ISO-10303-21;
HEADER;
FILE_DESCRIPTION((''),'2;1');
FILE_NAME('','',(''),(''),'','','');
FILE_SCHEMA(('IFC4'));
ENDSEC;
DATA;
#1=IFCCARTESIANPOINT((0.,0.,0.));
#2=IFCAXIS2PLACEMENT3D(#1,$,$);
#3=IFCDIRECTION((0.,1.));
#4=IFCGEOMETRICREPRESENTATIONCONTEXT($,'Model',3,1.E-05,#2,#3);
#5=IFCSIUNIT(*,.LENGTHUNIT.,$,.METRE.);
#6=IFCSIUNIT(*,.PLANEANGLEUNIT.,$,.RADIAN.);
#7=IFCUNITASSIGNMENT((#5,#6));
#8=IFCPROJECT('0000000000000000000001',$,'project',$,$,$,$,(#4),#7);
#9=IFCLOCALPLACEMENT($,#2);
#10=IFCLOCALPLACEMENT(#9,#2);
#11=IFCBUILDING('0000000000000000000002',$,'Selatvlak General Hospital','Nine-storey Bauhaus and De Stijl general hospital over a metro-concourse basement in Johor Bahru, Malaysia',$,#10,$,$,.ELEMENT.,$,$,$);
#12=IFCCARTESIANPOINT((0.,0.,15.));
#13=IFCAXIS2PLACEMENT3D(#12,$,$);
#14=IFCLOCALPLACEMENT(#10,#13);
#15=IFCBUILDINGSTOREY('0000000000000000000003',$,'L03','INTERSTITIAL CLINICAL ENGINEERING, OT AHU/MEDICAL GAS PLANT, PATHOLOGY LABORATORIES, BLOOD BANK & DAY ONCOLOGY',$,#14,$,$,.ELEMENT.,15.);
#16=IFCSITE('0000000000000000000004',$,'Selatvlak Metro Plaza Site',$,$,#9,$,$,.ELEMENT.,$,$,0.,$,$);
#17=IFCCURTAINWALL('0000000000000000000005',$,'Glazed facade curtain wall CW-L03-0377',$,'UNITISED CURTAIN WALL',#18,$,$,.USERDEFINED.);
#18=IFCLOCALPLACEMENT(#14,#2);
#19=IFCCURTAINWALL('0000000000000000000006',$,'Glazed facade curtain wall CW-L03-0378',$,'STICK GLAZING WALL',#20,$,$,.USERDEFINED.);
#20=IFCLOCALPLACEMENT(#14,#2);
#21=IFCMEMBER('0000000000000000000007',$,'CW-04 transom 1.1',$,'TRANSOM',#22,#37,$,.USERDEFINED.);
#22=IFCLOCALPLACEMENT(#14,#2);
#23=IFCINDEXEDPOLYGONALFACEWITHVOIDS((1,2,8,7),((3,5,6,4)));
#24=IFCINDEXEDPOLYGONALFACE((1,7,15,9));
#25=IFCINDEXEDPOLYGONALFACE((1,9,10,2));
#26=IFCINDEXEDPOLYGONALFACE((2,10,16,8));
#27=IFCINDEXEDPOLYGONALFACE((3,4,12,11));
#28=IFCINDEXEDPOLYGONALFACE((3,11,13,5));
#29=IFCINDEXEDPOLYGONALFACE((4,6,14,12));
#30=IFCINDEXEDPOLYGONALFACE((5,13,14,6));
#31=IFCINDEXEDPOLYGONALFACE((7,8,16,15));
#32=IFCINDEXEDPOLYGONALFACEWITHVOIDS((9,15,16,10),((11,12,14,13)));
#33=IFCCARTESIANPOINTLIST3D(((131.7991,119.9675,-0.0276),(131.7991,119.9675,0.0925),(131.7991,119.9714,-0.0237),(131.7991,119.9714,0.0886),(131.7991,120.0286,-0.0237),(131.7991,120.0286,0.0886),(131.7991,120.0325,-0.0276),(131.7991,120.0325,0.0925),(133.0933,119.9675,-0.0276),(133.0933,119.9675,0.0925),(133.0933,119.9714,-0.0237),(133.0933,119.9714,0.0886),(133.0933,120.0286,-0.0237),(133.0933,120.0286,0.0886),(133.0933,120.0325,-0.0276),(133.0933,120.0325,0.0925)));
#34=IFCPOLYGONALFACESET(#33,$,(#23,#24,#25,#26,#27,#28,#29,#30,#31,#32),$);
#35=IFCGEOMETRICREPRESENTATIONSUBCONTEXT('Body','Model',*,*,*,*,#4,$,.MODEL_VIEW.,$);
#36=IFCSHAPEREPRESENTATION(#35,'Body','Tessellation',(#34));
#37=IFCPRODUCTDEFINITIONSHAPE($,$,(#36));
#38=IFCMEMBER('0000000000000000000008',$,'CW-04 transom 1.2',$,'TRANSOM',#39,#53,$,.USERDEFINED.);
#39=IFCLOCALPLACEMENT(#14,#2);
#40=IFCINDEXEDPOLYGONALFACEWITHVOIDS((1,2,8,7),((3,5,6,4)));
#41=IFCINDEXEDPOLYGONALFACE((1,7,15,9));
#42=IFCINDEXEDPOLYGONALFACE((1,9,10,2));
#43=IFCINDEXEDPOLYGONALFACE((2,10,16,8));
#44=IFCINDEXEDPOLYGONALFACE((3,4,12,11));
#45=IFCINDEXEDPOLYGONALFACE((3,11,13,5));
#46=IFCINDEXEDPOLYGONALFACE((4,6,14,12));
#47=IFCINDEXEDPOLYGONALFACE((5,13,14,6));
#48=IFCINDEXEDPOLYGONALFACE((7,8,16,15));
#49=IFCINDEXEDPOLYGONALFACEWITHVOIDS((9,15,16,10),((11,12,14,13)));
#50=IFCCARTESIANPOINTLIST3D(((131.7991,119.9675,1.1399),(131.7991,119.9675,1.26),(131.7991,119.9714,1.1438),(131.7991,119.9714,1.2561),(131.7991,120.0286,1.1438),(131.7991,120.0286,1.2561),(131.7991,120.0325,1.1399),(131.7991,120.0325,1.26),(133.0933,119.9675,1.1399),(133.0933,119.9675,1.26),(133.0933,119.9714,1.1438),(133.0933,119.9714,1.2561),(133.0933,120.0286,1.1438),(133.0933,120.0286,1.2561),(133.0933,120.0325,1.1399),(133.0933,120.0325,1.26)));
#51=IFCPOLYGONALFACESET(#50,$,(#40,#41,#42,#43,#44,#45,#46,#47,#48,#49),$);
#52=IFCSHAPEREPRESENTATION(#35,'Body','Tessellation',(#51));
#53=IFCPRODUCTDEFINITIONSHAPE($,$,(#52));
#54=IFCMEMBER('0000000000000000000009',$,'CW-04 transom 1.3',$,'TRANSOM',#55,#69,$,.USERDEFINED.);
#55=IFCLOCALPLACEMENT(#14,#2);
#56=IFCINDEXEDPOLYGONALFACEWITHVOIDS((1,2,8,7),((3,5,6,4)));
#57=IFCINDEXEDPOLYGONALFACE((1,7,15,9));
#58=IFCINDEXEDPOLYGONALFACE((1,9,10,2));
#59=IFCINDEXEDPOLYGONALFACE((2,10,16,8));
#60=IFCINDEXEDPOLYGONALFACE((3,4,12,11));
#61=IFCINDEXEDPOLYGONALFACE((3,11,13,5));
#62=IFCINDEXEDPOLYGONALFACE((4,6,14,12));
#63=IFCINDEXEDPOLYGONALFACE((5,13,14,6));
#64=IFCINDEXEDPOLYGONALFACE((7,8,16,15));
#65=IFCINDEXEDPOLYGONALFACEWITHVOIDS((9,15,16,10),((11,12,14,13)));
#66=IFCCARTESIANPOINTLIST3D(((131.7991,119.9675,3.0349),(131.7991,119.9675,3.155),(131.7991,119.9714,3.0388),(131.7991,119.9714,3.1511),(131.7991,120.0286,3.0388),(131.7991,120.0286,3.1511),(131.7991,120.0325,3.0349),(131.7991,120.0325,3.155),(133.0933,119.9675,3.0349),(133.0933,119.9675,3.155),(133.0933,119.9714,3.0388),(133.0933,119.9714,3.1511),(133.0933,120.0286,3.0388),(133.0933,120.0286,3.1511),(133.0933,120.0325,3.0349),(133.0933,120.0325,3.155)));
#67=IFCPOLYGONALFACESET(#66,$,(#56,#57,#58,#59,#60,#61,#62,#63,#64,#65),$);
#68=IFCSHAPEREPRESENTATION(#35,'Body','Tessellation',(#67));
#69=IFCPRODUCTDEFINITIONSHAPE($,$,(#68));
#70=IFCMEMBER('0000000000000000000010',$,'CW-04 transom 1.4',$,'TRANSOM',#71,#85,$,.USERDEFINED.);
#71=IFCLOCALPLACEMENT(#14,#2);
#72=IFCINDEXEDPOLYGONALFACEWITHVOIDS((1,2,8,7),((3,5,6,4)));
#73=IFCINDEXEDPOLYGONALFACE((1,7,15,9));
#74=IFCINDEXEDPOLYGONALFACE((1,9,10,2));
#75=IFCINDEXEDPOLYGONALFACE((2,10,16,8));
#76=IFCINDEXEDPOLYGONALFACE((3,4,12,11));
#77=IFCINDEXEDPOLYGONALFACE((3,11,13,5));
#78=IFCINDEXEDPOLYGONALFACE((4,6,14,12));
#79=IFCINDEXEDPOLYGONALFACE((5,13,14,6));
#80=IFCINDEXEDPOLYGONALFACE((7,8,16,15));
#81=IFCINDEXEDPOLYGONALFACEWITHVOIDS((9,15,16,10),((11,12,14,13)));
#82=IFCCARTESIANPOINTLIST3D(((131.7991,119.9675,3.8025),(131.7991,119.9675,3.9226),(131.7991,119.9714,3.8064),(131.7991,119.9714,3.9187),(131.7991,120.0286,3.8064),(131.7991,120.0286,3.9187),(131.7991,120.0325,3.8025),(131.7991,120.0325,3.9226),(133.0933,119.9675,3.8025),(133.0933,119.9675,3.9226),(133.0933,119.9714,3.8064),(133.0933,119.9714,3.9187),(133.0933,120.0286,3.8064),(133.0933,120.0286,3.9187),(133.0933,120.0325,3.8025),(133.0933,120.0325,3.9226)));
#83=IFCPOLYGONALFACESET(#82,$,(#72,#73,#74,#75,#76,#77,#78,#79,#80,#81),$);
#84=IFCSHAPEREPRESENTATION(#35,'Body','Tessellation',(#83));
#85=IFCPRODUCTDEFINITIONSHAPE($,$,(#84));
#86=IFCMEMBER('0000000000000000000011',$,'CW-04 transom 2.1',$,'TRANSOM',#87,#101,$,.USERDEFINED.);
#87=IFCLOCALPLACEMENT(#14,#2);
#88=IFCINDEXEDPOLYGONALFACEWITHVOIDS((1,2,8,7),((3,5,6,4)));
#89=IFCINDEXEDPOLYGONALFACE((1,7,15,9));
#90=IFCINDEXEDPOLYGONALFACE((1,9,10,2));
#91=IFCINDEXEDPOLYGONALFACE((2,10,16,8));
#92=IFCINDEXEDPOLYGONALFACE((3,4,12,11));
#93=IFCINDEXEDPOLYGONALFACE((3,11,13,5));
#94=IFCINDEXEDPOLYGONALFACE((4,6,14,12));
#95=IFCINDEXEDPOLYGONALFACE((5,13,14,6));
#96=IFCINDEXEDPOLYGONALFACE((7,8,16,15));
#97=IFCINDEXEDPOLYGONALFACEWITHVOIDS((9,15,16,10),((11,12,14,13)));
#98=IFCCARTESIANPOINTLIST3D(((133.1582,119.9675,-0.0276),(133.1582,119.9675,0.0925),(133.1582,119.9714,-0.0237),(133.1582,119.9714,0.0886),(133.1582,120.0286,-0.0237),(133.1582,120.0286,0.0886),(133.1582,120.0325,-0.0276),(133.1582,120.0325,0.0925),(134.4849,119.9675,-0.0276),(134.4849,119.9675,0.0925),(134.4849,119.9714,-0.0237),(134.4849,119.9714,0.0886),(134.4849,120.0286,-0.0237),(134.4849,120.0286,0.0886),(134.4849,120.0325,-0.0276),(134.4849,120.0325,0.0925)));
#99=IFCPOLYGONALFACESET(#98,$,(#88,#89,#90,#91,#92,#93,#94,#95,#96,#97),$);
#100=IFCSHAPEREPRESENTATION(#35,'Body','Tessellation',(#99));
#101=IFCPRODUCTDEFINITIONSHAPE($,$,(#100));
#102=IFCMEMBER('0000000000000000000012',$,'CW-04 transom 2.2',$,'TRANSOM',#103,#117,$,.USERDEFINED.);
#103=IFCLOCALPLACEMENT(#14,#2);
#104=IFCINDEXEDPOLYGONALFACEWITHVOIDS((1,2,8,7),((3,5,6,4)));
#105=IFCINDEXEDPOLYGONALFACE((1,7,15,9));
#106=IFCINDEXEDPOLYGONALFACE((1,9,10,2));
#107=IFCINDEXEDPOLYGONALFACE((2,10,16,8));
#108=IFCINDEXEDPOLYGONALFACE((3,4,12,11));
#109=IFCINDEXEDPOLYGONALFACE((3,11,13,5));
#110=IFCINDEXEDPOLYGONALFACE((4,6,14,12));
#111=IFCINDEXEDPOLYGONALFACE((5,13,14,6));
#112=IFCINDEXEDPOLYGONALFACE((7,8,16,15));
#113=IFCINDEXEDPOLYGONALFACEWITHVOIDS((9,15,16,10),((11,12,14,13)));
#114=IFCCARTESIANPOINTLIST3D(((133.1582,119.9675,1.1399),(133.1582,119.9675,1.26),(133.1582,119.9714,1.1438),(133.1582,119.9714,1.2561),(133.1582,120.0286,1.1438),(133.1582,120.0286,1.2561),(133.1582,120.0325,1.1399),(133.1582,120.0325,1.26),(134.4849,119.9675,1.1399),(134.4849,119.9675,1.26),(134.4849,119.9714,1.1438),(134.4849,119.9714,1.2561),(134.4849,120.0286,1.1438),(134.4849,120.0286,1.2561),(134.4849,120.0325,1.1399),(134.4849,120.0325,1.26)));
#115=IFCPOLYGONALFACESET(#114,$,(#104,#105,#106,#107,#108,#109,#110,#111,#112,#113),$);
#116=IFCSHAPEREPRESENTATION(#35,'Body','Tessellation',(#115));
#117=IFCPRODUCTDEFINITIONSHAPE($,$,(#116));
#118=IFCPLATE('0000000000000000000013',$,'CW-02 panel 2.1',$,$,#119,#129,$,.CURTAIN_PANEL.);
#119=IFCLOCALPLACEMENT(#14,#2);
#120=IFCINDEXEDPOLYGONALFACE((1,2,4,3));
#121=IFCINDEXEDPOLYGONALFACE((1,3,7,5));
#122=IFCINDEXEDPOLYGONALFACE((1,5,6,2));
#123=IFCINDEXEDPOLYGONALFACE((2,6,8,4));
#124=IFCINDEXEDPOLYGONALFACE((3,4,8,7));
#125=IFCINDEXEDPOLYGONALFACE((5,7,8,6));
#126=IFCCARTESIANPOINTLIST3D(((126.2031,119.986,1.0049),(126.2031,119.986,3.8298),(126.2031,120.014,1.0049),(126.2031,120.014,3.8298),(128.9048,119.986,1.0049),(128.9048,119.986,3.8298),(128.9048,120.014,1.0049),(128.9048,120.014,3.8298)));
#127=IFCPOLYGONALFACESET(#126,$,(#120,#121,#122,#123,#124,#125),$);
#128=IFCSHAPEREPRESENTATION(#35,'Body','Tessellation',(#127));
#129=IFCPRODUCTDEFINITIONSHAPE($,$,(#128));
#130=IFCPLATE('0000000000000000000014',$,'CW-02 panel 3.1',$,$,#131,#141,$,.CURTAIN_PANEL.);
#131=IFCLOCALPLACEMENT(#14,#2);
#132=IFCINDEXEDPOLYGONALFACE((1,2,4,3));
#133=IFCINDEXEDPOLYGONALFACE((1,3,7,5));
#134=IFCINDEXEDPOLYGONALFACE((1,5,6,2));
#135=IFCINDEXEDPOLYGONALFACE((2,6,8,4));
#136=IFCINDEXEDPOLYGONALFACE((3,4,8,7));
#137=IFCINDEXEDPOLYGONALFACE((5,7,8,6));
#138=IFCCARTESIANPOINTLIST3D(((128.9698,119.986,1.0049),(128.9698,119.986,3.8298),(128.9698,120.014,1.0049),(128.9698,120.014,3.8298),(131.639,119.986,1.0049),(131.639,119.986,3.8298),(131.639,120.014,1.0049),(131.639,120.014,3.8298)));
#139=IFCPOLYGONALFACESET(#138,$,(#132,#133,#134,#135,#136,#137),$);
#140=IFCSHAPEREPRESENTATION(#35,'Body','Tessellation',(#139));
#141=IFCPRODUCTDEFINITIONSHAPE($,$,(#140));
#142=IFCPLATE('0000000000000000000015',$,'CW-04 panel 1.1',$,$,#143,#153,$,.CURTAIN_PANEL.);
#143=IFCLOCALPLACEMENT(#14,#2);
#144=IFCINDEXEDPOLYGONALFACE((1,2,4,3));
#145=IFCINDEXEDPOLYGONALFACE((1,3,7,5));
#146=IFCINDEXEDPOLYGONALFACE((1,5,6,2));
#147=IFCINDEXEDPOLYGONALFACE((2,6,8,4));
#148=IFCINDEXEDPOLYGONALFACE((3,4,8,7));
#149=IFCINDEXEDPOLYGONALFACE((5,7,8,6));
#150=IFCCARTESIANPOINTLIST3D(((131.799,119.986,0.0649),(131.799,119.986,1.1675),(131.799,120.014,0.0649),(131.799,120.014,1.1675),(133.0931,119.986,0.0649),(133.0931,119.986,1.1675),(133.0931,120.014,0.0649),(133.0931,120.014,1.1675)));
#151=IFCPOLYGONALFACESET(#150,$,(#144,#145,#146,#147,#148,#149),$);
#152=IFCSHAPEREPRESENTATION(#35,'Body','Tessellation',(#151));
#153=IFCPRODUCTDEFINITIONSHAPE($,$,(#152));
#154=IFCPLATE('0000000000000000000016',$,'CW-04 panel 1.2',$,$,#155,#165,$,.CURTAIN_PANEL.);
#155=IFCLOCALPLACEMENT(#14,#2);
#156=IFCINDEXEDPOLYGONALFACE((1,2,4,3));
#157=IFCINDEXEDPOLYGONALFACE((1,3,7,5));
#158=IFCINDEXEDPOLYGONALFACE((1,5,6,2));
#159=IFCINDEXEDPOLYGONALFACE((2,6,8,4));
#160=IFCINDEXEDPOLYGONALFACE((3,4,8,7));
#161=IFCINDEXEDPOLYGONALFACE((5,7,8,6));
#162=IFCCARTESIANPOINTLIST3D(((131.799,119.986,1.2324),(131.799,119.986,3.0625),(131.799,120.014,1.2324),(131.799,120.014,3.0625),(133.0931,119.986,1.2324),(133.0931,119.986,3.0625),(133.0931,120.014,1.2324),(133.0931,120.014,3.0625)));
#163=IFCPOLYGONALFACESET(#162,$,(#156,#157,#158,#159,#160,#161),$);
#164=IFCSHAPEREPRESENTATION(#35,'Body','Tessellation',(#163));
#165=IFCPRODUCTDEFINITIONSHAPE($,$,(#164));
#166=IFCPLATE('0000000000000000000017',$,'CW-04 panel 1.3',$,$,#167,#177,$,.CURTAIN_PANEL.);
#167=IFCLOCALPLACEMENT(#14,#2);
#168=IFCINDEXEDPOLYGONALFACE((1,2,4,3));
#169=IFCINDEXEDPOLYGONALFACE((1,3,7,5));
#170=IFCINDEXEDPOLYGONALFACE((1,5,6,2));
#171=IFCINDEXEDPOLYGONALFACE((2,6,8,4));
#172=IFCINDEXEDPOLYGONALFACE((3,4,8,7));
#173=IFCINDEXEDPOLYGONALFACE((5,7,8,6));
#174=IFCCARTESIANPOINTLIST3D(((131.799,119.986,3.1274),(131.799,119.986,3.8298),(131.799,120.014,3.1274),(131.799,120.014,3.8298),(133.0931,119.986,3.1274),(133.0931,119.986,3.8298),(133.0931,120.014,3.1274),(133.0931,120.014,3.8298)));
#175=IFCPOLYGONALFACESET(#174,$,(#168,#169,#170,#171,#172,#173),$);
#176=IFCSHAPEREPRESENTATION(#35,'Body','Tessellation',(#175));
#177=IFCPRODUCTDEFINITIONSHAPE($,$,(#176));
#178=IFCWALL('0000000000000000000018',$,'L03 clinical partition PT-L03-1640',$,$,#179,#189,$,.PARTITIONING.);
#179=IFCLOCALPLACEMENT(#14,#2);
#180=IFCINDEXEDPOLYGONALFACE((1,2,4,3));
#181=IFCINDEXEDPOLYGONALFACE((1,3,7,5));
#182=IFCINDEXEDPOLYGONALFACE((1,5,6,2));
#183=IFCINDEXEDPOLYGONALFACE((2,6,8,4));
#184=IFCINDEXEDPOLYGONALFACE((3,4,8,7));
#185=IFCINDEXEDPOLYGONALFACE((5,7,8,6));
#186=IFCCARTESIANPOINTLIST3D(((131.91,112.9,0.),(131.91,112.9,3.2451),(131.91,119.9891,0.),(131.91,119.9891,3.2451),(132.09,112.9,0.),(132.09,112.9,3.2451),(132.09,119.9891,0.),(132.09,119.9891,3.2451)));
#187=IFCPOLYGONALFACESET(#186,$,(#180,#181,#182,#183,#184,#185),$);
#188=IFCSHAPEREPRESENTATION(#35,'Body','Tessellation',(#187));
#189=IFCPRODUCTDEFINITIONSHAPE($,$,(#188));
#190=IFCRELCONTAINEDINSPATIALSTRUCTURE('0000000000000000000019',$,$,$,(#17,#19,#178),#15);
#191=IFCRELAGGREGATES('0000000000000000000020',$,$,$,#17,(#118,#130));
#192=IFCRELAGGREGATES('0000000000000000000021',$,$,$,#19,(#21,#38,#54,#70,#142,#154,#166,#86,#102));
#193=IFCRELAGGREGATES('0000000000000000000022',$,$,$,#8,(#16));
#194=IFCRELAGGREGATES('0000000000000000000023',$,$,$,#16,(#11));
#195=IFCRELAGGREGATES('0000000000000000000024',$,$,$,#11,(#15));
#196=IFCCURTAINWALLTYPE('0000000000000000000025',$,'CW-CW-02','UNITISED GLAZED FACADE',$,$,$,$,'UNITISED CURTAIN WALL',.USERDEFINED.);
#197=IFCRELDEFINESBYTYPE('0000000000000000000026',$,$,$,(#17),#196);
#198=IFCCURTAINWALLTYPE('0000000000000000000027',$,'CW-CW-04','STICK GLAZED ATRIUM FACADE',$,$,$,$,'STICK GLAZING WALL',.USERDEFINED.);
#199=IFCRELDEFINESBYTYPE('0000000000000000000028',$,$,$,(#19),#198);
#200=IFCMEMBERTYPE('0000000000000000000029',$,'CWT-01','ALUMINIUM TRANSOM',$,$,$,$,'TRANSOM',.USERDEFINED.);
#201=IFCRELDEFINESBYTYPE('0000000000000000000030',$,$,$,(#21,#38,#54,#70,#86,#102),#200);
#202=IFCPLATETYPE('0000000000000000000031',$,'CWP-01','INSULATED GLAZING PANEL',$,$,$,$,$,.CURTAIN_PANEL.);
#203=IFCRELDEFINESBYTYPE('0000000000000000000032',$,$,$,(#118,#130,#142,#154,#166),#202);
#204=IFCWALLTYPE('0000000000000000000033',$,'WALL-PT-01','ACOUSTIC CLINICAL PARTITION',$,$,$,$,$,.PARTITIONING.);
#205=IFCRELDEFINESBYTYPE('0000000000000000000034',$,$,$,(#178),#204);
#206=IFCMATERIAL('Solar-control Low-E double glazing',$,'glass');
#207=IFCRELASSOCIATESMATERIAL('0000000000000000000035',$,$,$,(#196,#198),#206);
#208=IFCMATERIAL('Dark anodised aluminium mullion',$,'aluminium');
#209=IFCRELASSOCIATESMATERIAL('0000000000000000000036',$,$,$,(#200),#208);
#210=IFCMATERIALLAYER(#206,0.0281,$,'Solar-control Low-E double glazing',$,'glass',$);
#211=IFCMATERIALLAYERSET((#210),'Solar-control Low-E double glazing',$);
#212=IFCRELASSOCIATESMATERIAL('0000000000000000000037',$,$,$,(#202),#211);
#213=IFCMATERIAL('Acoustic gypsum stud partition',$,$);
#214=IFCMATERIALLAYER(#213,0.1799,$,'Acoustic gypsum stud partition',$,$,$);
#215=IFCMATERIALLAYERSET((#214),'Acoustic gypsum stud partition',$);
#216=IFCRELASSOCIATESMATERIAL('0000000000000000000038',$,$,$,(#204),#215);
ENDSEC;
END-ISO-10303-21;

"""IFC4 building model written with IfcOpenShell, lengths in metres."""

from ifc_helpers import new_model, si_unit, direction, frame, frame_2d, origin, origin_2d, place, context, subcontext, project, spatial, rectangle, hollow_rectangle, extrude, material, layer, layer_set, material_profile, profile_set, type_object, element, aggregate, save


model = new_model("IFC4")

# Units and contexts
model_context = context("Model", 3, precision=1e-05, world=origin(), true_north=direction((0.0, 1.0)))
body_context = subcontext(model_context, "Body", "Model", "MODEL_VIEW")
ifc_project = project(units=[si_unit("LENGTHUNIT", "METRE"), si_unit("PLANEANGLEUNIT", "RADIAN")], contexts=[model_context])

# Site, building, storey
site_placement = place(None, origin())
site = spatial("IfcSite", under=ifc_project, at=site_placement, Name="Selatvlak Metro Plaza Site", CompositionType="ELEMENT", RefElevation=0.0)
building_placement = place(site_placement, origin())
building = spatial("IfcBuilding", under=site, at=building_placement, Name="Selatvlak General Hospital", Description="Nine-storey Bauhaus and De Stijl general hospital over a metro-concourse basement in Johor Bahru, Malaysia", CompositionType="ELEMENT")
storey_placement = place(building_placement, frame((0.0, 0.0, 15.0)))
storey = spatial("IfcBuildingStorey", under=building, at=storey_placement, Name="L03", Description="INTERSTITIAL CLINICAL ENGINEERING, OT AHU/MEDICAL GAS PLANT, PATHOLOGY LABORATORIES, BLOOD BANK & DAY ONCOLOGY", CompositionType="ELEMENT", Elevation=15.0)

# Curtain walls
ifc_material_1 = material(Name="Solar-control Low-E double glazing", Category="glass")
curtain_wall_type_1 = type_object("IfcCurtainWallType", Name="CW-CW-02", Description="UNITISED GLAZED FACADE", ElementType="UNITISED CURTAIN WALL", PredefinedType="USERDEFINED", material=ifc_material_1)
curtain_wall_1_placement = place(storey_placement, origin())
curtain_wall_1 = element("IfcCurtainWall", 1, at=curtain_wall_1_placement, inside=storey, type_object=curtain_wall_type_1, Name="Glazed facade curtain wall CW-L03-0377", ObjectType="UNITISED CURTAIN WALL", PredefinedType="USERDEFINED")
ifc_material_2 = material(Name="Dark anodised aluminium mullion", Category="aluminium")
curtain_wall_type_2 = type_object("IfcCurtainWallType", Name="CW-CW-04", Description="STICK GLAZED ATRIUM FACADE", ElementType="STICK GLAZING WALL", PredefinedType="USERDEFINED", material=ifc_material_1)
curtain_wall_2_placement = place(storey_placement, origin())
curtain_wall_2 = element("IfcCurtainWall", 2, at=curtain_wall_2_placement, inside=storey, type_object=curtain_wall_type_2, Name="Glazed facade curtain wall CW-L03-0378", ObjectType="STICK GLAZING WALL", PredefinedType="USERDEFINED")

# Members
ifc_material_profile_1 = material_profile(ifc_material_2, hollow_rectangle(XDim=0.0649, YDim=0.1201, WallThickness=0.0039, at=origin_2d()), Name="AL-TRN 65x120x4")
ifc_profile_set_1 = profile_set([ifc_material_profile_1], Name="Dark anodised aluminium mullion")
member_type_1 = type_object("IfcMemberType", Name="CWT-01", Description="ALUMINIUM TRANSOM", ElementType="TRANSOM", PredefinedType="USERDEFINED", material=ifc_profile_set_1)
member_1_placement = place(storey_placement, frame((131.7991, 120.0, 0.0325), z_axis=(1.0, 0.0, 0.0), x_axis=(0.0, 1.0, 0.0)))
member_1 = element("IfcMember", 3, at=member_1_placement, type_object=member_type_1, Name="CW-04 transom 1.1", ObjectType="TRANSOM", PredefinedType="USERDEFINED", context=body_context, shape_type="SweptSolid", body=[
    extrude(hollow_rectangle(XDim=0.0649, YDim=0.1201, WallThickness=0.0039, at=origin_2d()), origin(), (0.0, 0.0, 1.0), 1.2942),
])
member_2_placement = place(storey_placement, frame((131.7991, 120.0, 1.2), z_axis=(1.0, 0.0, 0.0), x_axis=(0.0, 1.0, 0.0)))
member_2 = element("IfcMember", 4, at=member_2_placement, type_object=member_type_1, Name="CW-04 transom 1.2", ObjectType="TRANSOM", PredefinedType="USERDEFINED", context=body_context, shape_type="SweptSolid", body=[
    extrude(hollow_rectangle(XDim=0.0649, YDim=0.1201, WallThickness=0.0039, at=origin_2d()), origin(), (0.0, 0.0, 1.0), 1.2942),
])
member_3_placement = place(storey_placement, frame((131.7991, 120.0, 3.095), z_axis=(1.0, 0.0, 0.0), x_axis=(0.0, 1.0, 0.0)))
member_3 = element("IfcMember", 5, at=member_3_placement, type_object=member_type_1, Name="CW-04 transom 1.3", ObjectType="TRANSOM", PredefinedType="USERDEFINED", context=body_context, shape_type="SweptSolid", body=[
    extrude(hollow_rectangle(XDim=0.0649, YDim=0.1201, WallThickness=0.0039, at=origin_2d()), origin(), (0.0, 0.0, 1.0), 1.2942),
])
member_4_placement = place(storey_placement, frame((131.7991, 120.0, 3.8625), z_axis=(1.0, 0.0, 0.0), x_axis=(0.0, 1.0, 0.0)))
member_4 = element("IfcMember", 6, at=member_4_placement, type_object=member_type_1, Name="CW-04 transom 1.4", ObjectType="TRANSOM", PredefinedType="USERDEFINED", context=body_context, shape_type="SweptSolid", body=[
    extrude(hollow_rectangle(XDim=0.0649, YDim=0.1201, WallThickness=0.0039, at=origin_2d()), origin(), (0.0, 0.0, 1.0), 1.2942),
])
member_5_placement = place(storey_placement, frame((133.1582, 120.0, 0.0325), z_axis=(1.0, 0.0, 0.0), x_axis=(0.0, 1.0, 0.0)))
member_5 = element("IfcMember", 7, at=member_5_placement, type_object=member_type_1, Name="CW-04 transom 2.1", ObjectType="TRANSOM", PredefinedType="USERDEFINED", context=body_context, shape_type="SweptSolid", body=[
    extrude(hollow_rectangle(XDim=0.0649, YDim=0.1201, WallThickness=0.0039, at=origin_2d()), origin(), (0.0, 0.0, 1.0), 1.3267),
])
member_6_placement = place(storey_placement, frame((133.1582, 120.0, 1.2), z_axis=(1.0, 0.0, 0.0), x_axis=(0.0, 1.0, 0.0)))
member_6 = element("IfcMember", 8, at=member_6_placement, type_object=member_type_1, Name="CW-04 transom 2.2", ObjectType="TRANSOM", PredefinedType="USERDEFINED", context=body_context, shape_type="SweptSolid", body=[
    extrude(hollow_rectangle(XDim=0.0649, YDim=0.1201, WallThickness=0.0039, at=origin_2d()), origin(), (0.0, 0.0, 1.0), 1.3267),
])

# Plates
ifc_layer_1 = layer(ifc_material_1, 0.0281, Name="Solar-control Low-E double glazing", Category="glass")
ifc_layer_set_1 = layer_set([ifc_layer_1], Name="Solar-control Low-E double glazing")
plate_type = type_object("IfcPlateType", Name="CWP-01", Description="INSULATED GLAZING PANEL", PredefinedType="CURTAIN_PANEL", material=ifc_layer_set_1)
plate_1_placement = place(storey_placement, frame((127.554, 120.0, 1.0049), z_axis=(0.0, 0.0, 1.0), x_axis=(1.0, 0.0, 0.0)))
plate_1 = element("IfcPlate", 9, at=plate_1_placement, type_object=plate_type, Name="CW-02 panel 2.1", PredefinedType="CURTAIN_PANEL", context=body_context, shape_type="SweptSolid", body=[
    extrude(rectangle(XDim=2.7017, YDim=0.0281, at=origin_2d()), origin(), (0.0, 0.0, 1.0), 2.825),
])
plate_2_placement = place(storey_placement, frame((130.3044, 120.0, 1.0049), z_axis=(0.0, 0.0, 1.0), x_axis=(1.0, 0.0, 0.0)))
plate_2 = element("IfcPlate", 10, at=plate_2_placement, type_object=plate_type, Name="CW-02 panel 3.1", PredefinedType="CURTAIN_PANEL", context=body_context, shape_type="SweptSolid", body=[
    extrude(rectangle(XDim=2.6692, YDim=0.0281, at=origin_2d()), origin(), (0.0, 0.0, 1.0), 2.825),
])
aggregate(curtain_wall_1, [plate_1, plate_2])
plate_3_placement = place(storey_placement, frame((132.446, 120.0, 0.0649), z_axis=(0.0, 0.0, 1.0), x_axis=(1.0, 0.0, 0.0)))
plate_3 = element("IfcPlate", 11, at=plate_3_placement, type_object=plate_type, Name="CW-04 panel 1.1", PredefinedType="CURTAIN_PANEL", context=body_context, shape_type="SweptSolid", body=[
    extrude(rectangle(XDim=1.2942, YDim=0.0281, at=origin_2d()), origin(), (0.0, 0.0, 1.0), 1.1025),
])
plate_4_placement = place(storey_placement, frame((132.446, 120.0, 1.2324), z_axis=(0.0, 0.0, 1.0), x_axis=(1.0, 0.0, 0.0)))
plate_4 = element("IfcPlate", 12, at=plate_4_placement, type_object=plate_type, Name="CW-04 panel 1.2", PredefinedType="CURTAIN_PANEL", context=body_context, shape_type="SweptSolid", body=[
    extrude(rectangle(XDim=1.2942, YDim=0.0281, at=origin_2d()), origin(), (0.0, 0.0, 1.0), 1.8301),
])
plate_5_placement = place(storey_placement, frame((132.446, 120.0, 3.1274), z_axis=(0.0, 0.0, 1.0), x_axis=(1.0, 0.0, 0.0)))
plate_5 = element("IfcPlate", 13, at=plate_5_placement, type_object=plate_type, Name="CW-04 panel 1.3", PredefinedType="CURTAIN_PANEL", context=body_context, shape_type="SweptSolid", body=[
    extrude(rectangle(XDim=1.2942, YDim=0.0281, at=origin_2d()), origin(), (0.0, 0.0, 1.0), 0.7024),
])
aggregate(curtain_wall_2, [member_1, member_2, member_3, member_4, plate_3, plate_4, plate_5, member_5, member_6])

# Wall
ifc_material_3 = material(Name="Acoustic gypsum stud partition")
ifc_layer_2 = layer(ifc_material_3, 0.1799, Name="Acoustic gypsum stud partition")
ifc_layer_set_2 = layer_set([ifc_layer_2], Name="Acoustic gypsum stud partition")
wall_type_1 = type_object("IfcWallType", Name="WALL-PT-01", Description="ACOUSTIC CLINICAL PARTITION", PredefinedType="PARTITIONING", material=ifc_layer_set_2)
wall_1_placement = place(storey_placement, frame((132.0, 119.989, 0.0), z_axis=(0.0, 0.0, 1.0), x_axis=(0.0, -1.0, 0.0)))
element("IfcWall", 14, at=wall_1_placement, inside=storey, type_object=wall_type_1, Name="L03 clinical partition PT-L03-1640", PredefinedType="PARTITIONING", context=body_context, shape_type="SweptSolid", body=[
    extrude(rectangle(XDim=7.0891, YDim=0.1799, at=frame_2d((3.5444, 0.0))), origin(), (0.0, 0.0, 1.0), 3.2451),
])

save(model, "model.ifc")
